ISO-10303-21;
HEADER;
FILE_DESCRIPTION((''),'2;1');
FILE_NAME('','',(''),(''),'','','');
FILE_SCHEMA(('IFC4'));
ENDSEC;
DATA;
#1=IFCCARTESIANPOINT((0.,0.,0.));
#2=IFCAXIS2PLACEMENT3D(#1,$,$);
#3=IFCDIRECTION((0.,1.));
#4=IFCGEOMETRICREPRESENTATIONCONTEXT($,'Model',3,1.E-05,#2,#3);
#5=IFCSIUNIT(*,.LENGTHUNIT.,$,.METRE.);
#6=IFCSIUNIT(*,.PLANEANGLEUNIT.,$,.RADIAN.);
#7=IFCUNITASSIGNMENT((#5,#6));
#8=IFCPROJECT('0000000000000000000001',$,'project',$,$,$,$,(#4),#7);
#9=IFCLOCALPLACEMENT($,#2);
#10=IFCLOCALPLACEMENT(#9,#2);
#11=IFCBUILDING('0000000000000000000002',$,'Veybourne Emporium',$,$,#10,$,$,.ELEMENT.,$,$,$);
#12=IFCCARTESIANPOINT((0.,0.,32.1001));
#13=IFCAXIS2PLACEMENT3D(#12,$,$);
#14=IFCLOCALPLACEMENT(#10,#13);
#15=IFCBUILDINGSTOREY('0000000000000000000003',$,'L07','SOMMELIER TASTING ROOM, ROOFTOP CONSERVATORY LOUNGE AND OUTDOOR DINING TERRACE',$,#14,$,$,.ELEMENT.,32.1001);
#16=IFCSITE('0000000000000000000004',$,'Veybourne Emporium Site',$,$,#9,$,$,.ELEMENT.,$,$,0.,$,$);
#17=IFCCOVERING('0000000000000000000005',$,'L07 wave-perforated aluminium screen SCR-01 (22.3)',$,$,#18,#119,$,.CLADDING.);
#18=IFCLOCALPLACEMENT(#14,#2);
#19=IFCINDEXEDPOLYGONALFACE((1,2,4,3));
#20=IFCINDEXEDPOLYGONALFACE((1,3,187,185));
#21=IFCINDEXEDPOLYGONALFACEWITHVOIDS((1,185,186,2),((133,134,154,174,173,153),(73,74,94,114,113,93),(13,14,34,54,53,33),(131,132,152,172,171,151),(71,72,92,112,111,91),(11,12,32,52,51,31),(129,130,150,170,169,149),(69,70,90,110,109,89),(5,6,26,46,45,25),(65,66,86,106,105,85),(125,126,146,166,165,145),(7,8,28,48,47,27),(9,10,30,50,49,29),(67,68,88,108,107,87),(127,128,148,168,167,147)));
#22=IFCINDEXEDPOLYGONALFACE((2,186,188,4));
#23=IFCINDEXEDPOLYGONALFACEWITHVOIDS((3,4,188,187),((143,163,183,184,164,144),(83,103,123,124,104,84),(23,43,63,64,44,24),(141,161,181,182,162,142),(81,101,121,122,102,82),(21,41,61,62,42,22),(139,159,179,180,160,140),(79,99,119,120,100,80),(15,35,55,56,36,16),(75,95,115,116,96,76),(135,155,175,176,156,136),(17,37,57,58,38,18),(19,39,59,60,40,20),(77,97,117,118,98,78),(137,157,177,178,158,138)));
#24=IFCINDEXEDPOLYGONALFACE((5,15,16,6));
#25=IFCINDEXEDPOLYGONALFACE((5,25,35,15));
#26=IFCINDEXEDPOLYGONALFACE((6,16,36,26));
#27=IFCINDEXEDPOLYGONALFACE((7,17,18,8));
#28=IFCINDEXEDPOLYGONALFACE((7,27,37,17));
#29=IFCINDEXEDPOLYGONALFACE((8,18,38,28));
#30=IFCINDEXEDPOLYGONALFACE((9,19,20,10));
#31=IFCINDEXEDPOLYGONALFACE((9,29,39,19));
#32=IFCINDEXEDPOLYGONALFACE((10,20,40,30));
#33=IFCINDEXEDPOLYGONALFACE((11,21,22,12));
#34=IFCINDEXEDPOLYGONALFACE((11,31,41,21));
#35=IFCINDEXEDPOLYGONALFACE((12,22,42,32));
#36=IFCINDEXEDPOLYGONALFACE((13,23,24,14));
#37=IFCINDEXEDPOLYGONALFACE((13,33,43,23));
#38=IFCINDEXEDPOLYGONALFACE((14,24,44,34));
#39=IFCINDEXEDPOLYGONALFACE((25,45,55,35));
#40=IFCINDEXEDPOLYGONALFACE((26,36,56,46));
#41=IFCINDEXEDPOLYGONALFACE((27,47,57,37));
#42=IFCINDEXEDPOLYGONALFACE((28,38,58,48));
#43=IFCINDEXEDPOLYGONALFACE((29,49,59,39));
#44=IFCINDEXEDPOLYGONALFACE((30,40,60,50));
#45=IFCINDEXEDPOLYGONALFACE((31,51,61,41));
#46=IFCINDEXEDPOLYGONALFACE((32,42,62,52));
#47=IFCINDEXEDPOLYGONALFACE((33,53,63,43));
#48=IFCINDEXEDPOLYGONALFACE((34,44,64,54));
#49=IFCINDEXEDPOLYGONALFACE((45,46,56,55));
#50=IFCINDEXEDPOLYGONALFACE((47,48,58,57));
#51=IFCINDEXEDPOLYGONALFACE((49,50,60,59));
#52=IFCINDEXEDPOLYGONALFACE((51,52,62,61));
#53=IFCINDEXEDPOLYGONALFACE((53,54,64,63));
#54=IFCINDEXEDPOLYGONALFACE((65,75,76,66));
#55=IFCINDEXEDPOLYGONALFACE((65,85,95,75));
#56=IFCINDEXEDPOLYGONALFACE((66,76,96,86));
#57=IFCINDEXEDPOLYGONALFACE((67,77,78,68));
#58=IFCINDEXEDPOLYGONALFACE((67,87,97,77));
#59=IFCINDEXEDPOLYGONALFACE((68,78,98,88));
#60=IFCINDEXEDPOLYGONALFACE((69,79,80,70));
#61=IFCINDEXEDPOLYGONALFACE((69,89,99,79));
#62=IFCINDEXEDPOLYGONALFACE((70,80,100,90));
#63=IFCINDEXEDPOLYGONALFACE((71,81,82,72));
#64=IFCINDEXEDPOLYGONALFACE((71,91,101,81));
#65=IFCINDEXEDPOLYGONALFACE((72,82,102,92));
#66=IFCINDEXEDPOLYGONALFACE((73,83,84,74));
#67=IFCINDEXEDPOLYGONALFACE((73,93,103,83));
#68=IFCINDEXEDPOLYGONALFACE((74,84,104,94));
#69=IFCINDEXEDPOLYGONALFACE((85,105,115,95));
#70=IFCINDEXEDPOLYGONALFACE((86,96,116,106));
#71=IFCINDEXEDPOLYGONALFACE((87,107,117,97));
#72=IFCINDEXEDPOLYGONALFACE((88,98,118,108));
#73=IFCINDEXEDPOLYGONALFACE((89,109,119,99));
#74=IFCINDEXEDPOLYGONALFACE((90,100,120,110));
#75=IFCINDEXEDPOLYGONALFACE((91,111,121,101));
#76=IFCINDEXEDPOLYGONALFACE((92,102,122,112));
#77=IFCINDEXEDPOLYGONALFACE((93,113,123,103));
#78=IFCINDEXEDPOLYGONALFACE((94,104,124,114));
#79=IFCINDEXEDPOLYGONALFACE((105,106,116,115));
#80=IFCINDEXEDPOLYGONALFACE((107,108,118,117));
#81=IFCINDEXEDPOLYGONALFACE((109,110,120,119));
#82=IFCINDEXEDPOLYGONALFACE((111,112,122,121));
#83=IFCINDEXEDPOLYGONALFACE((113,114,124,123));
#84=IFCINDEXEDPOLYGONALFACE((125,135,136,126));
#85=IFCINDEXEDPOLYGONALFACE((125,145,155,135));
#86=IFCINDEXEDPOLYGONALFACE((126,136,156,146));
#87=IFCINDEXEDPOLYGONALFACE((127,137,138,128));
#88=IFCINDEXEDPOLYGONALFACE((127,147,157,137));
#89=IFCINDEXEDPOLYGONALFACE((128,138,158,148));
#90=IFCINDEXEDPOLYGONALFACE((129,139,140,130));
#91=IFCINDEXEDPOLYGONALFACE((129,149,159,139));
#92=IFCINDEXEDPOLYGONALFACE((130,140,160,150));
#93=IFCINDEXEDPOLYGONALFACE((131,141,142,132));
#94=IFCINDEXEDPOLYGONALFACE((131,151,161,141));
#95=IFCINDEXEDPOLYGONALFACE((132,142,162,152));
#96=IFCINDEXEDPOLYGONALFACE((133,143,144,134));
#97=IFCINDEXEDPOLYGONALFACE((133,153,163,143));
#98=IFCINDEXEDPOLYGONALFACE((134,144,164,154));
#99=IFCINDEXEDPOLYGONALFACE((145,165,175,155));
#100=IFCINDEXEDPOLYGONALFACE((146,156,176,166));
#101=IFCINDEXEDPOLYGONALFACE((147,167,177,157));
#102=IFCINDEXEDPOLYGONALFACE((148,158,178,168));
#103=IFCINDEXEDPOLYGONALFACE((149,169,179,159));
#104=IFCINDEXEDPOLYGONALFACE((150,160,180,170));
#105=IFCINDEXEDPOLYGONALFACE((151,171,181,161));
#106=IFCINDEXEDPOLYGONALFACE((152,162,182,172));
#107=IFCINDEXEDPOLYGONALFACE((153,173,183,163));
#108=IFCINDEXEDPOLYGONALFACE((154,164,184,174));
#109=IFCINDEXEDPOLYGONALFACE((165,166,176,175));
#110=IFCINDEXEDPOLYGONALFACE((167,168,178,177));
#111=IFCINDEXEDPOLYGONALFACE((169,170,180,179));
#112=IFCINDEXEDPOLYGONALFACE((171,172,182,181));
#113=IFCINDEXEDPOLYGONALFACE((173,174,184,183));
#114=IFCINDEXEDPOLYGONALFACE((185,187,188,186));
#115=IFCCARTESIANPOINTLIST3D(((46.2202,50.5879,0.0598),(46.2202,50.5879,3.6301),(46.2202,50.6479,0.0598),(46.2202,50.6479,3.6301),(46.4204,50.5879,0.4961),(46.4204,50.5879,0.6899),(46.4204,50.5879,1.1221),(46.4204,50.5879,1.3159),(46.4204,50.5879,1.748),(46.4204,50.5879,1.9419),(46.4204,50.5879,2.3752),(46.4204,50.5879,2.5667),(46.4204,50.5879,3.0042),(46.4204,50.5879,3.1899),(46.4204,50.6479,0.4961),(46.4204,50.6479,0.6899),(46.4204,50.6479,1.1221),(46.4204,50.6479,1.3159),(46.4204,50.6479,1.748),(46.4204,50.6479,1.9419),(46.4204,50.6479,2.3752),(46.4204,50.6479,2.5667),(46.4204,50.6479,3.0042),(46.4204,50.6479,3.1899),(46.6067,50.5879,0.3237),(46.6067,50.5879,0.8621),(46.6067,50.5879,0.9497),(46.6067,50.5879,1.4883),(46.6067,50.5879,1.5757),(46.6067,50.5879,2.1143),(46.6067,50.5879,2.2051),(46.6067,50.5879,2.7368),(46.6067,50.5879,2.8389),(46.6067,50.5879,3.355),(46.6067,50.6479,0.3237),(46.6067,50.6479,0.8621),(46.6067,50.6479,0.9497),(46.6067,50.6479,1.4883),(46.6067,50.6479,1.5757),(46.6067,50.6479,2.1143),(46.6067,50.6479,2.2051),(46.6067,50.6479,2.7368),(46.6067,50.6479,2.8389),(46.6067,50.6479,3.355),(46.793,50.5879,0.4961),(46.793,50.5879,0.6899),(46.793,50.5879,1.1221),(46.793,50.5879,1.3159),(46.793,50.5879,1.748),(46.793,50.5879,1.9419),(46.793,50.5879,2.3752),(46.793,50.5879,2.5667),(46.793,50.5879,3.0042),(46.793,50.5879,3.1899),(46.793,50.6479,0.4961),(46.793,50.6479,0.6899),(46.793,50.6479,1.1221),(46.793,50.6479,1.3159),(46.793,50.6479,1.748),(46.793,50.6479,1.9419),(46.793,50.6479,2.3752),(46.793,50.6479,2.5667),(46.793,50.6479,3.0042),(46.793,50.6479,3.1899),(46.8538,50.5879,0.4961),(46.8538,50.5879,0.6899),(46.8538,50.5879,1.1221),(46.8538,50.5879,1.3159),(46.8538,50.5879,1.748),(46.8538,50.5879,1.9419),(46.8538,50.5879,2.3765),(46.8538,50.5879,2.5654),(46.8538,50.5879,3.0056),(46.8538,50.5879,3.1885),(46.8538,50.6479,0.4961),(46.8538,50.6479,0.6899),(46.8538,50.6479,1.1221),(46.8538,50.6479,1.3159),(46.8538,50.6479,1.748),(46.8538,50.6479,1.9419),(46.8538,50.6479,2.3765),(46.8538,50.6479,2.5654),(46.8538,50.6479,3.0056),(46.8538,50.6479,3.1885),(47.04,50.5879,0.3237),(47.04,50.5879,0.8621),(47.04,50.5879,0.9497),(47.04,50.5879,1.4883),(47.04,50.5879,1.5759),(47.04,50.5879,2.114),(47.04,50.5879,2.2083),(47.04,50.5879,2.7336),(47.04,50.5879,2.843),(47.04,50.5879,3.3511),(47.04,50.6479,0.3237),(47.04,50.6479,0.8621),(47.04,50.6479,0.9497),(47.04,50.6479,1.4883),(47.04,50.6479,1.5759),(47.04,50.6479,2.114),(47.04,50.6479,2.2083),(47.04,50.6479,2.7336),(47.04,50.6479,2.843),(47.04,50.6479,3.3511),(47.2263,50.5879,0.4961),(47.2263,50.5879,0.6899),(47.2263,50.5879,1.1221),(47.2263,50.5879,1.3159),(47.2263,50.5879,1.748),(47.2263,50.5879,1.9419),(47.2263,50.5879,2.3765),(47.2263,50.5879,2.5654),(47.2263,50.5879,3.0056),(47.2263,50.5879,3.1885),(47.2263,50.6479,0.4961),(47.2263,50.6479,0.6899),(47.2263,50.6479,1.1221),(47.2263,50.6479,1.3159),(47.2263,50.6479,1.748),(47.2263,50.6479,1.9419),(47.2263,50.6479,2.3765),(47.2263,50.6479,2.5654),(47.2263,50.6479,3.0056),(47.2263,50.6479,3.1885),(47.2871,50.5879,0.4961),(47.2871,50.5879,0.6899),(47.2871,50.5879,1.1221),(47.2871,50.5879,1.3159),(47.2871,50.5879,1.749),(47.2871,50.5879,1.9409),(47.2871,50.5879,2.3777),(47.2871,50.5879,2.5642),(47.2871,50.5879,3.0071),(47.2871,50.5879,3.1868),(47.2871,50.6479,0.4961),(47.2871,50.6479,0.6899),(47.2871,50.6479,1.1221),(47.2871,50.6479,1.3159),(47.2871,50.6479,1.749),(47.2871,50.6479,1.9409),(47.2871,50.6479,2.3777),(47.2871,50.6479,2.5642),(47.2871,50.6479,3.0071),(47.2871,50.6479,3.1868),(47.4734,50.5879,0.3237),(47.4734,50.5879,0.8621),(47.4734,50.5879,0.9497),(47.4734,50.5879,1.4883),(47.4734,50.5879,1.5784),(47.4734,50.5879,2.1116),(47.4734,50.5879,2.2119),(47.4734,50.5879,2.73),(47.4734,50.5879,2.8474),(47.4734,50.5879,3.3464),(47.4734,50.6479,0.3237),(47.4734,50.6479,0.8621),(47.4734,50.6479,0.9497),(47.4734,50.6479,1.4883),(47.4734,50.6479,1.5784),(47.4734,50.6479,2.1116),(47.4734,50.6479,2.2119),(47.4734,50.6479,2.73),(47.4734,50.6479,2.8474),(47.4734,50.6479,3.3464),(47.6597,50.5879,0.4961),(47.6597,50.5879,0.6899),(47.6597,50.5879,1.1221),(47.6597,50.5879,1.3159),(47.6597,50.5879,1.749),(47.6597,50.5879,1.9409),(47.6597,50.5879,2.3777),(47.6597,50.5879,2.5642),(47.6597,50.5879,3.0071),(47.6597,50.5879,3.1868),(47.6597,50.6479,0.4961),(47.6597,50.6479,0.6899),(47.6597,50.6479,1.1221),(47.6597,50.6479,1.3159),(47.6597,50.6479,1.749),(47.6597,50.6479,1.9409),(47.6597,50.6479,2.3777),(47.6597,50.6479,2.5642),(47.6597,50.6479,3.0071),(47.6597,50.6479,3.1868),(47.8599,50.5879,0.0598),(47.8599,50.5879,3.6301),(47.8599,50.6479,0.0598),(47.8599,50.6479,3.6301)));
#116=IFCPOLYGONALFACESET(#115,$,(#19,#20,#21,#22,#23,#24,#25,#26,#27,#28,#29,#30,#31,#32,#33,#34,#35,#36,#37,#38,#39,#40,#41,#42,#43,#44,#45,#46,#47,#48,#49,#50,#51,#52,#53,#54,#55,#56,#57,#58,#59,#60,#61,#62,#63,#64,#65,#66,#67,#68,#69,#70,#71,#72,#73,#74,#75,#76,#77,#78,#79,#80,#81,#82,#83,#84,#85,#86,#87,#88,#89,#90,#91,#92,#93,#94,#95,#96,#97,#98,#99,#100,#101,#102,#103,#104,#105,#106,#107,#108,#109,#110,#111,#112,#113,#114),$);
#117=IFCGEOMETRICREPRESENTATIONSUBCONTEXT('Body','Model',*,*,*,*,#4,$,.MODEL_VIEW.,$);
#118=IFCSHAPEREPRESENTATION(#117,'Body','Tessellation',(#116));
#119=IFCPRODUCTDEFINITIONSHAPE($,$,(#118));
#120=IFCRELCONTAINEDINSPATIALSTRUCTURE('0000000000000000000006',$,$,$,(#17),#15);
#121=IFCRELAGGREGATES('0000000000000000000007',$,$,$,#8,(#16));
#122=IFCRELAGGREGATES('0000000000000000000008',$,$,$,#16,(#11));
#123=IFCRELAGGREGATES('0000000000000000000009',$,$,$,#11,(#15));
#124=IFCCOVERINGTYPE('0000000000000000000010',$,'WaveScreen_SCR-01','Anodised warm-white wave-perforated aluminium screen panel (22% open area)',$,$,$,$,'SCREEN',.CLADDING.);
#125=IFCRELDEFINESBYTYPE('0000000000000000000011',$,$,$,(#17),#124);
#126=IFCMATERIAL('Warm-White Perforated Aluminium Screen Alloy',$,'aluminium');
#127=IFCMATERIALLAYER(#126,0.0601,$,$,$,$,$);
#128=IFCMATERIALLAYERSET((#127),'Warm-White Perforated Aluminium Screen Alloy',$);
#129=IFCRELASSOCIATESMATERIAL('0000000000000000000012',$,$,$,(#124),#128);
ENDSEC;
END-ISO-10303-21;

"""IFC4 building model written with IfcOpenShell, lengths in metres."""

from ifc_helpers import new_model, si_unit, direction, frame, origin, place, context, subcontext, project, spatial, polyline, outline, extrude, material, layer, layer_set, type_object, element, save


model = new_model("IFC4")

# Units and contexts
model_context = context("Model", 3, precision=1e-05, world=origin(), true_north=direction((0.0, 1.0)))
body_context = subcontext(model_context, "Body", "Model", "MODEL_VIEW")
ifc_project = project(units=[si_unit("LENGTHUNIT", "METRE"), si_unit("PLANEANGLEUNIT", "RADIAN")], contexts=[model_context])

# Site, building, storey
site_placement = place(None, origin())
site = spatial("IfcSite", under=ifc_project, at=site_placement, Name="Veybourne Emporium Site", CompositionType="ELEMENT", RefElevation=0.0)
building_placement = place(site_placement, origin())
building = spatial("IfcBuilding", under=site, at=building_placement, Name="Veybourne Emporium", CompositionType="ELEMENT")
storey_placement = place(building_placement, frame((0.0, 0.0, 32.1001)))
storey = spatial("IfcBuildingStorey", under=building, at=storey_placement, Name="L07", Description="SOMMELIER TASTING ROOM, ROOFTOP CONSERVATORY LOUNGE AND OUTDOOR DINING TERRACE", CompositionType="ELEMENT", Elevation=32.1001)

# Covering
ifc_material_1 = material(Name="Warm-White Perforated Aluminium Screen Alloy", Category="aluminium")
ifc_layer_1 = layer(ifc_material_1, 0.0601)
ifc_layer_set_1 = layer_set([ifc_layer_1], Name="Warm-White Perforated Aluminium Screen Alloy")
covering_type_1 = type_object("IfcCoveringType", Name="WaveScreen_SCR-01", Description="Anodised warm-white wave-perforated aluminium screen panel (22% open area)", ElementType="SCREEN", PredefinedType="CLADDING", material=ifc_layer_set_1)
covering_1_placement = place(storey_placement, frame((47.04, 50.6479, 1.845), z_axis=(0.0, -1.0, 0.0), x_axis=(1.0, 0.0, 0.0)))
element("IfcCovering", 1, at=covering_1_placement, inside=storey, type_object=covering_type_1, Name="L07 wave-perforated aluminium screen SCR-01 (22.3)", PredefinedType="CLADDING", context=body_context, shape_type="SweptSolid", body=[
    extrude(outline(polyline([(-0.8198, -1.7852), (0.8198, -1.7852), (0.8198, 1.7852), (-0.8198, 1.7852), (-0.8198, -1.7852)]), holes=[polyline([(-0.4333, -0.9829), (-0.2471, -1.155), (-0.2471, -1.3489), (-0.4333, -1.5212), (-0.6196, -1.3489), (-0.6196, -1.155), (-0.4333, -0.9829)]), polyline([(-0.4333, -0.3567), (-0.2471, -0.5291), (-0.2471, -0.7229), (-0.4333, -0.8953), (-0.6196, -0.7229), (-0.6196, -0.5291), (-0.4333, -0.3567)]), polyline([(-0.4333, 0.2693), (-0.2471, 0.0969), (-0.2471, -0.0969), (-0.4333, -0.2693), (-0.6196, -0.0969), (-0.6196, 0.0969), (-0.4333, 0.2693)]), polyline([(-0.4333, 0.8918), (-0.2471, 0.7217), (-0.2471, 0.5303), (-0.4333, 0.3601), (-0.6196, 0.5303), (-0.6196, 0.7217), (-0.4333, 0.8918)]), polyline([(-0.4333, 1.51), (-0.2471, 1.345), (-0.2471, 1.1592), (-0.4333, 0.9939), (-0.6196, 1.1592), (-0.6196, 1.345), (-0.4333, 1.51)]), polyline([(0.0, -0.9829), (0.1863, -1.155), (0.1863, -1.3489), (0.0, -1.5212), (-0.1863, -1.3489), (-0.1863, -1.155), (0.0, -0.9829)]), polyline([(0.0, -0.3567), (0.1863, -0.5291), (0.1863, -0.7229), (0.0, -0.8953), (-0.1863, -0.7229), (-0.1863, -0.5291), (0.0, -0.3567)]), polyline([(0.0, 0.269), (0.1863, 0.0969), (0.1863, -0.0969), (0.0, -0.269), (-0.1863, -0.0969), (-0.1863, 0.0969), (0.0, 0.269)]), polyline([(0.0, 0.8887), (0.1863, 0.7205), (0.1863, 0.5315), (0.0, 0.3633), (-0.1863, 0.5315), (-0.1863, 0.7205), (0.0, 0.8887)]), polyline([(0.0, 1.5061), (0.1863, 1.3435), (0.1863, 1.1606), (0.0, 0.998), (-0.1863, 1.1606), (-0.1863, 1.3435), (0.0, 1.5061)]), polyline([(0.4333, -0.9829), (0.6196, -1.155), (0.6196, -1.3489), (0.4333, -1.5212), (0.2471, -1.3489), (0.2471, -1.155), (0.4333, -0.9829)]), polyline([(0.4333, -0.3567), (0.6196, -0.5291), (0.6196, -0.7229), (0.4333, -0.8953), (0.2471, -0.7229), (0.2471, -0.5291), (0.4333, -0.3567)]), polyline([(0.4333, 0.2666), (0.6196, 0.0959), (0.6196, -0.0959), (0.4333, -0.2666), (0.2471, -0.0959), (0.2471, 0.0959), (0.4333, 0.2666)]), polyline([(0.4333, 0.885), (0.6196, 0.7192), (0.6196, 0.5327), (0.4333, 0.3669), (0.2471, 0.5327), (0.2471, 0.7192), (0.4333, 0.885)]), polyline([(0.4333, 1.5015), (0.6196, 1.3418), (0.6196, 1.1621), (0.4333, 1.0024), (0.2471, 1.1621), (0.2471, 1.3418), (0.4333, 1.5015)])]), origin(), (0.0, 0.0, 1.0), 0.0601),
])

save(model, "model.ifc")
